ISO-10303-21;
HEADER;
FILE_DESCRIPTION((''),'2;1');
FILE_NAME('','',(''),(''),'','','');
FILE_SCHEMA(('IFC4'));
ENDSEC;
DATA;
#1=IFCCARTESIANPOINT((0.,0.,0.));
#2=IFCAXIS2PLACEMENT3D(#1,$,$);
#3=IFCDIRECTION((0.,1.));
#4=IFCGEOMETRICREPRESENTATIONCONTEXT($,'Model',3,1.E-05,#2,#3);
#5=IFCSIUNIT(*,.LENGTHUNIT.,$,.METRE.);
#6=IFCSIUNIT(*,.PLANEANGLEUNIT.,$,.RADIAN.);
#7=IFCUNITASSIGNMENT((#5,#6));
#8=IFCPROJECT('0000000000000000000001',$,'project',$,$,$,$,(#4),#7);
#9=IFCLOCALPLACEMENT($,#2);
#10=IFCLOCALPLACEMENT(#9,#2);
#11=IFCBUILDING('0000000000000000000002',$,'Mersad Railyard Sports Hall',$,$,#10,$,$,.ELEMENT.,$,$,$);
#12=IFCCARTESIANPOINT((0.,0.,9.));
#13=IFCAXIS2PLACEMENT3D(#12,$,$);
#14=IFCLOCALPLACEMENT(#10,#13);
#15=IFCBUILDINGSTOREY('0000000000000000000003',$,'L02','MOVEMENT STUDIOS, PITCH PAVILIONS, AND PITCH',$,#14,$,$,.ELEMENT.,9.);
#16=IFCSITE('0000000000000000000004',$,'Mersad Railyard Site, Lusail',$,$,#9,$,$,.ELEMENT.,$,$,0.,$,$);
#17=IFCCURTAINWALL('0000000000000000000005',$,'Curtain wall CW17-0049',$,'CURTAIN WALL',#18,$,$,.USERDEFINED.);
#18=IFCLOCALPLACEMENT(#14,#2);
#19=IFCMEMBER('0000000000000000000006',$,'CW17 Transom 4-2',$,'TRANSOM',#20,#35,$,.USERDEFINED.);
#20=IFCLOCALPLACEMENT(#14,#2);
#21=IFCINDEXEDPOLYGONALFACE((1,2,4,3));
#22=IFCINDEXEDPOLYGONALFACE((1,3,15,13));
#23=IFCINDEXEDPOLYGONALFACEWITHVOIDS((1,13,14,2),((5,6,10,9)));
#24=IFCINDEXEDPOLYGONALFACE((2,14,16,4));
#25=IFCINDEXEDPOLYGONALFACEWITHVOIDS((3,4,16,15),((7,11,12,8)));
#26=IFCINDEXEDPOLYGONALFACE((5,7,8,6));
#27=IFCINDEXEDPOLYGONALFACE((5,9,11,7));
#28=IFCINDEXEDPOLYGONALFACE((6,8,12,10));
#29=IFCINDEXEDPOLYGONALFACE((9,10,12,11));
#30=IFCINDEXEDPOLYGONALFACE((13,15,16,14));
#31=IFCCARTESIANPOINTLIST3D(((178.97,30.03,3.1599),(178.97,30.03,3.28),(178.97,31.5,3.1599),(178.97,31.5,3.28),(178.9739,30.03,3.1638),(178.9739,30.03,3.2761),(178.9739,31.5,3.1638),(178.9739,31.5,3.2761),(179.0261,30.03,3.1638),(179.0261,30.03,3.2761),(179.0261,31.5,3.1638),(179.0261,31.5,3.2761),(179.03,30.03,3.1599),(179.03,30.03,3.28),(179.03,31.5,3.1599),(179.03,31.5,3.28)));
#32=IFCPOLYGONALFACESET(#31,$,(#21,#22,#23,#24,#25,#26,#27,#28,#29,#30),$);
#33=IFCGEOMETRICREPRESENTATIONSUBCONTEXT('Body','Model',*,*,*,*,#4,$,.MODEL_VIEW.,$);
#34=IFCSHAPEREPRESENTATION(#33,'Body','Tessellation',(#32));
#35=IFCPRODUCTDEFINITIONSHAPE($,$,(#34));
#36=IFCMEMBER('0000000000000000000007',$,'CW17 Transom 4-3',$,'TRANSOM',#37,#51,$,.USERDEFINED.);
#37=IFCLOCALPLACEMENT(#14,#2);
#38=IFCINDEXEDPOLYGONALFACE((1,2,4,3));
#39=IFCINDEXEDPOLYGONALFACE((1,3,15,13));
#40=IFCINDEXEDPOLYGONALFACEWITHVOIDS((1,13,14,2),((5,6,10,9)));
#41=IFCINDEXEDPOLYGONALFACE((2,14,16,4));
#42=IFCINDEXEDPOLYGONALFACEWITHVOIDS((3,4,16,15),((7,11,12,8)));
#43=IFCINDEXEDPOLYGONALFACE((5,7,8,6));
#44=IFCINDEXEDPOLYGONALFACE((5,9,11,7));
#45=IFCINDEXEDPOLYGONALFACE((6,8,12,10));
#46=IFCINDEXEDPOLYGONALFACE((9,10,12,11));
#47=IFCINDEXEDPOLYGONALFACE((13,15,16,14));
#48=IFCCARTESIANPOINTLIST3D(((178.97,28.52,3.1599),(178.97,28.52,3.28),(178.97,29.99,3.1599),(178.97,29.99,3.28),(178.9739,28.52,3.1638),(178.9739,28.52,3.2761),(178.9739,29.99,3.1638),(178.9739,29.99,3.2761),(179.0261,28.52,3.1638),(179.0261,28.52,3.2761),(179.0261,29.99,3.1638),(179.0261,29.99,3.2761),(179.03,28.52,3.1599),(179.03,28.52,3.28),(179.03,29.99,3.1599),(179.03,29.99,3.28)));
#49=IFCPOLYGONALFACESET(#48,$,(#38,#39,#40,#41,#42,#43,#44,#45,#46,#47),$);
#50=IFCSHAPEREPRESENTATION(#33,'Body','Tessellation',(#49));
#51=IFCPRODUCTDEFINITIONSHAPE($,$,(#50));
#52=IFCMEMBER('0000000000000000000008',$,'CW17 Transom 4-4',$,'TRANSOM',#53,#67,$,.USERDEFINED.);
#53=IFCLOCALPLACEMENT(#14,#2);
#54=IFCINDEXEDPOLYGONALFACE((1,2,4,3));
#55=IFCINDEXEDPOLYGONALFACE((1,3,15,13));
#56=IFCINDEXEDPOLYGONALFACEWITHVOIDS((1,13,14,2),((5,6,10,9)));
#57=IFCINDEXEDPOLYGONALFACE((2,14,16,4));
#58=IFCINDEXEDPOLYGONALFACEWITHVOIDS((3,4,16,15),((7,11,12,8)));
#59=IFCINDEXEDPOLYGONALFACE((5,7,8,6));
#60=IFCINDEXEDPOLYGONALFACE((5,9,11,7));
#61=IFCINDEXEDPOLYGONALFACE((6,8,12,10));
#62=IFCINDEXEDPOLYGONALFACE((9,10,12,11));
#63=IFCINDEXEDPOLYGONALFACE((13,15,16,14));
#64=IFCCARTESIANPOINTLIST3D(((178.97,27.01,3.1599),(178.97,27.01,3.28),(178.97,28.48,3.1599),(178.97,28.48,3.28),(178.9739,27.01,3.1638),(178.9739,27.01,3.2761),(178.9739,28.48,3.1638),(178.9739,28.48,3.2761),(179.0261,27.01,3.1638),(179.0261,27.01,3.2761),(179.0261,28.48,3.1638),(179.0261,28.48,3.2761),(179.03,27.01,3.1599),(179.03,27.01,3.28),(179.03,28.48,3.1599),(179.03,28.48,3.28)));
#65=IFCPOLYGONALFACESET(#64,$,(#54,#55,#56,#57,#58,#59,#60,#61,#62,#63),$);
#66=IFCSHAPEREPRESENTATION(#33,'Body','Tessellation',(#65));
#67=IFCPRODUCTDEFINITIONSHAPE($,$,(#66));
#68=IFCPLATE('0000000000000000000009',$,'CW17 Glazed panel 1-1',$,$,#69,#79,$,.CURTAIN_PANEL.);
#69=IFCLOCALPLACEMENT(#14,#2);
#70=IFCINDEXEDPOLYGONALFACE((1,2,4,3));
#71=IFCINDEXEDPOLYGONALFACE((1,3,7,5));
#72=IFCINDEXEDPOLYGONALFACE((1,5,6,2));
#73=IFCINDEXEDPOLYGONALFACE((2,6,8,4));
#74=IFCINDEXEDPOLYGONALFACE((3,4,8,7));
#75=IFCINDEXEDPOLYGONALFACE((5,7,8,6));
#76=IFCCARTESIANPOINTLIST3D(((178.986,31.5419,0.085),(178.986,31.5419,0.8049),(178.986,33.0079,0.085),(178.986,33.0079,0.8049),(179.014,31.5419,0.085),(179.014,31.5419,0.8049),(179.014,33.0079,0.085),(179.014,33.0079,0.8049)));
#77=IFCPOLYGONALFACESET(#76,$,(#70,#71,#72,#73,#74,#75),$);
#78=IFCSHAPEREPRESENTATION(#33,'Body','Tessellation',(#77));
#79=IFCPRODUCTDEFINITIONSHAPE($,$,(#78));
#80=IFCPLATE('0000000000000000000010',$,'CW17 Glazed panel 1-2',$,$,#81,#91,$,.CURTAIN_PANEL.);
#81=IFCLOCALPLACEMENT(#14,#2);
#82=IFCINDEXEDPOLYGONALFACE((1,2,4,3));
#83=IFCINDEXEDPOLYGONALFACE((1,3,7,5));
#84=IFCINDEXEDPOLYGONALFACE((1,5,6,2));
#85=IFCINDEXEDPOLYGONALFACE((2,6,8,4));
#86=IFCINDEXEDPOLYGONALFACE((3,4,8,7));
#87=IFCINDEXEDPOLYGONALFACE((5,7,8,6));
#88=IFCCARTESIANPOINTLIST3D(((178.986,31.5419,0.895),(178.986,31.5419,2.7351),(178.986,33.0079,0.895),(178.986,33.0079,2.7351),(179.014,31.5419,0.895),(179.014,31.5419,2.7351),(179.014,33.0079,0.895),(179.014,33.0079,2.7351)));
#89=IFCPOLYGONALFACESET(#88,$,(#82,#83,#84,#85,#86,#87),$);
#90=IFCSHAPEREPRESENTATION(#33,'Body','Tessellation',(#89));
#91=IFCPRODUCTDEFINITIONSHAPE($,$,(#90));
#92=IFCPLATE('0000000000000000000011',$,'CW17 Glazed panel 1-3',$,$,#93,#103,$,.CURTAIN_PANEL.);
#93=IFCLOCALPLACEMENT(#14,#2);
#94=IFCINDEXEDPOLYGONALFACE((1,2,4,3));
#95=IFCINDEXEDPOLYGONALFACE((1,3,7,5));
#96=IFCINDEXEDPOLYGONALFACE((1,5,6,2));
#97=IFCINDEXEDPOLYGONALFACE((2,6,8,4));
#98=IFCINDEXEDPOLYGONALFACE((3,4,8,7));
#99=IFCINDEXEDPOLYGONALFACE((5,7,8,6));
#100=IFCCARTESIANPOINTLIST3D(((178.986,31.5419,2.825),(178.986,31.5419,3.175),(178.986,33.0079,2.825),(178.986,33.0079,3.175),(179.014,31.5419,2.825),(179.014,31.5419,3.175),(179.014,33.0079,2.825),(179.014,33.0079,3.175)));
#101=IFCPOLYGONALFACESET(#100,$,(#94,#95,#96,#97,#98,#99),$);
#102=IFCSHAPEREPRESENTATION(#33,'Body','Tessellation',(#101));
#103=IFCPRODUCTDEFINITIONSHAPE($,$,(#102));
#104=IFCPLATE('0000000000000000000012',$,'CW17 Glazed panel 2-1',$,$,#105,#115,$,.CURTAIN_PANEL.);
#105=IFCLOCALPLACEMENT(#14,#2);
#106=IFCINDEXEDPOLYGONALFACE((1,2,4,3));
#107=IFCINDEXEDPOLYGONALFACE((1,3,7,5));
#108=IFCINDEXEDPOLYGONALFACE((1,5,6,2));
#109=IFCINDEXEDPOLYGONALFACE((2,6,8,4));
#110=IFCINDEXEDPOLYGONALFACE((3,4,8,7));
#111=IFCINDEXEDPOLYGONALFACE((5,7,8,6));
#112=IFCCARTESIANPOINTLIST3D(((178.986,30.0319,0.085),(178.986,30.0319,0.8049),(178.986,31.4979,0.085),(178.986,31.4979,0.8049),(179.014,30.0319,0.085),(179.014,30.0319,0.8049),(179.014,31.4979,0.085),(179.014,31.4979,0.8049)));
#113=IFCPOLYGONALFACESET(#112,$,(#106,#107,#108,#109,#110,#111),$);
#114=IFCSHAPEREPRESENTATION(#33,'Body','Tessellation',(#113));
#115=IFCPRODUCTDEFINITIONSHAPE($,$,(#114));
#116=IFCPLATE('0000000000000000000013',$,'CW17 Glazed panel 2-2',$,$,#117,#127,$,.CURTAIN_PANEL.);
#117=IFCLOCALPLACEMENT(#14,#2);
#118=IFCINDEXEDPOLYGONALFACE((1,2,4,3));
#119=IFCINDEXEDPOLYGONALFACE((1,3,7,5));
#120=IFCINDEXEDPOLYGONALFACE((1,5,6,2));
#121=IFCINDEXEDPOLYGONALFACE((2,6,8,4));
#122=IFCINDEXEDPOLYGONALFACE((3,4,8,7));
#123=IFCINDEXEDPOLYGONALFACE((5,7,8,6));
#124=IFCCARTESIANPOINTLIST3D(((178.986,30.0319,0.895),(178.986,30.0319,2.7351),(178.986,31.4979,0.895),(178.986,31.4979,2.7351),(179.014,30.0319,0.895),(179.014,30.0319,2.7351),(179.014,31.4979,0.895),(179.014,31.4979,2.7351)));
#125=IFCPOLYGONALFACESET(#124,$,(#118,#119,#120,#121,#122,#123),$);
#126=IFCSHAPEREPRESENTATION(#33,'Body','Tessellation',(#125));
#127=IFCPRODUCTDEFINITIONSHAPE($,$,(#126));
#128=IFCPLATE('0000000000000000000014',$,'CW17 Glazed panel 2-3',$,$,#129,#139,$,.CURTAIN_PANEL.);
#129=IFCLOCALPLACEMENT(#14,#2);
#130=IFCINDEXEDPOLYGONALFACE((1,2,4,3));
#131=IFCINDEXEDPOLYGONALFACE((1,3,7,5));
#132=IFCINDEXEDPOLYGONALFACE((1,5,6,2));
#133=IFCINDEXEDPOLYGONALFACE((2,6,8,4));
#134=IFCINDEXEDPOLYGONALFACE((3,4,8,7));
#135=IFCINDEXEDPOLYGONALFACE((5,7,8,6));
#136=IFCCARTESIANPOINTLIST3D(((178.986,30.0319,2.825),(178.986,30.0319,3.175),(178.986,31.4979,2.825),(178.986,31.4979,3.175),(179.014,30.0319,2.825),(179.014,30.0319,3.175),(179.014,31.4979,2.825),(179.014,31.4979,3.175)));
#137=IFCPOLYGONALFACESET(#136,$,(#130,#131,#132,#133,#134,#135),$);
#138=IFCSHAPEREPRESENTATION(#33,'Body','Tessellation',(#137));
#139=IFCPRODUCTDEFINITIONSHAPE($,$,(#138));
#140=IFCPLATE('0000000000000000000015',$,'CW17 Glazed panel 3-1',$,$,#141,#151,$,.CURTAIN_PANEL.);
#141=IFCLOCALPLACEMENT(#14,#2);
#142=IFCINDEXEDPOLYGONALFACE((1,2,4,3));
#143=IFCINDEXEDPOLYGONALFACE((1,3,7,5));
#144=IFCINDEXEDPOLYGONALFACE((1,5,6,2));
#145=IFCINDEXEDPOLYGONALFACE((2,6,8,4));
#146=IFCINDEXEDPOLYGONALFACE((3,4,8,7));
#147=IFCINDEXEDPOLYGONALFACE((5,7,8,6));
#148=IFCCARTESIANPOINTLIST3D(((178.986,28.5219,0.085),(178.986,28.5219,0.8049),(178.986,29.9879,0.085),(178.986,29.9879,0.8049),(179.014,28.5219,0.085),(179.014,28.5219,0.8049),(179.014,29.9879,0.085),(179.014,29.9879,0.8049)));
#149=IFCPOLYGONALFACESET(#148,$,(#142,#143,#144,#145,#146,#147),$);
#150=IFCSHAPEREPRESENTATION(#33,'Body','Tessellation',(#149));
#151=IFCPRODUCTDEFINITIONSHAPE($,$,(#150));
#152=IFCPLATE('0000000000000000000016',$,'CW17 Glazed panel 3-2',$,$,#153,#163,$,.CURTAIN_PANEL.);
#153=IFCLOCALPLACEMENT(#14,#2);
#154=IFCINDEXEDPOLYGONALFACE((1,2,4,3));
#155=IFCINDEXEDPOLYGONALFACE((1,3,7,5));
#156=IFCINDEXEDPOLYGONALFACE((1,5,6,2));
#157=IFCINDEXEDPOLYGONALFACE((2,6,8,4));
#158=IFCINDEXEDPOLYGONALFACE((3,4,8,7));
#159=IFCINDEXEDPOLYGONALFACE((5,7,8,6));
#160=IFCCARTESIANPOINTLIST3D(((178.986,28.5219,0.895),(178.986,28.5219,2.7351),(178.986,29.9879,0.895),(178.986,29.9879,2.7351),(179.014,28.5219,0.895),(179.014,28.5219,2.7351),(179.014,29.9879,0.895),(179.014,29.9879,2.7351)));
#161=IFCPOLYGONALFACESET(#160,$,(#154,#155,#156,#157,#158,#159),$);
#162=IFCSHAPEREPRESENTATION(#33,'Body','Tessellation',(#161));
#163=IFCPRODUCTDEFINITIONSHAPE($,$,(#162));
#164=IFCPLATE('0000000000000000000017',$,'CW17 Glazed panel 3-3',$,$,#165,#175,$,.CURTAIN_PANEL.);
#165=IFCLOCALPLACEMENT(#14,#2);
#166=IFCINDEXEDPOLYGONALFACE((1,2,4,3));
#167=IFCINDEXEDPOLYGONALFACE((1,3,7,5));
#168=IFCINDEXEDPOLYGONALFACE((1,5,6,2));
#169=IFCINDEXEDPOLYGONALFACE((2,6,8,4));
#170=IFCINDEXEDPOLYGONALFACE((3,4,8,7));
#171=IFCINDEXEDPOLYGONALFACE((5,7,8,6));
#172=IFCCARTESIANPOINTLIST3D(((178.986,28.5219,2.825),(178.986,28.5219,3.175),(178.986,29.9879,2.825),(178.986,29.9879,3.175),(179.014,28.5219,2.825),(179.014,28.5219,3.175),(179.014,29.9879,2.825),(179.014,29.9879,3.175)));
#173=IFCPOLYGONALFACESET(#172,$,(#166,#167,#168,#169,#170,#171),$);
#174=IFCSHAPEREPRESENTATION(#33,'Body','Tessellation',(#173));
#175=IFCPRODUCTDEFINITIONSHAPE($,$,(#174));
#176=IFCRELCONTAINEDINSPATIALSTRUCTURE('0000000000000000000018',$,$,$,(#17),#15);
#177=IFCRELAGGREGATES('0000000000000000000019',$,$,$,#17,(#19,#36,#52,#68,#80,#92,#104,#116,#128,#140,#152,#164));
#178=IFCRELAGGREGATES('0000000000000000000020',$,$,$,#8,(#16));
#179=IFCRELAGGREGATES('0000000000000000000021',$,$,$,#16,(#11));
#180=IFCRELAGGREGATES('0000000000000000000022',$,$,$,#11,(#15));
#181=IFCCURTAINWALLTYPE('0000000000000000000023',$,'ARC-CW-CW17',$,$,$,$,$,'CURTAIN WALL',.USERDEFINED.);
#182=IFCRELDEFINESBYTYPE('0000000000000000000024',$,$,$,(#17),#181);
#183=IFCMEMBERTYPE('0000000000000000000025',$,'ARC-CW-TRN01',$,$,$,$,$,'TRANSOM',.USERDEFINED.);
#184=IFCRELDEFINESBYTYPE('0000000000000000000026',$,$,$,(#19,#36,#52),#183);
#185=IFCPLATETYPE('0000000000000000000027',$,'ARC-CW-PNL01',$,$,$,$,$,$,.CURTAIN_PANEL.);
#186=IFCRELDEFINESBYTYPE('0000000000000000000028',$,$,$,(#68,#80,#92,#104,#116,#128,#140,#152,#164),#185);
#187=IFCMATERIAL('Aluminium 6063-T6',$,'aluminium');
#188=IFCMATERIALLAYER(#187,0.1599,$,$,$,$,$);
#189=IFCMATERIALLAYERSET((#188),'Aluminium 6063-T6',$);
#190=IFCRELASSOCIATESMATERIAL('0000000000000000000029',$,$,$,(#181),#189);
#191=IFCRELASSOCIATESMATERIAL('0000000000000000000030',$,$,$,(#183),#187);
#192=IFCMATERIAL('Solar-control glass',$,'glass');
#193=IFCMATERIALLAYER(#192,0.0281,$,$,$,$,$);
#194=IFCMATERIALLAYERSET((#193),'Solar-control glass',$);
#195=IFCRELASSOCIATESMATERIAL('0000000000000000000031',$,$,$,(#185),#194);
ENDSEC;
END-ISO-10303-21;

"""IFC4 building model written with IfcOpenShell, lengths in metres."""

from ifc_helpers import new_model, si_unit, direction, frame, origin, origin_2d, place, context, subcontext, project, spatial, rectangle, hollow_rectangle, extrude, material, layer, layer_set, material_profile, profile_set, type_object, element, aggregate, save


model = new_model("IFC4")

# Units and contexts
model_context = context("Model", 3, precision=1e-05, world=origin(), true_north=direction((0.0, 1.0)))
body_context = subcontext(model_context, "Body", "Model", "MODEL_VIEW")
ifc_project = project(units=[si_unit("LENGTHUNIT", "METRE"), si_unit("PLANEANGLEUNIT", "RADIAN")], contexts=[model_context])

# Site, building, storey
site_placement = place(None, origin())
site = spatial("IfcSite", under=ifc_project, at=site_placement, Name="Mersad Railyard Site, Lusail", CompositionType="ELEMENT", RefElevation=0.0)
building_placement = place(site_placement, origin())
building = spatial("IfcBuilding", under=site, at=building_placement, Name="Mersad Railyard Sports Hall", CompositionType="ELEMENT")
storey_placement = place(building_placement, frame((0.0, 0.0, 9.0)))
storey = spatial("IfcBuildingStorey", under=building, at=storey_placement, Name="L02", Description="MOVEMENT STUDIOS, PITCH PAVILIONS, AND PITCH", CompositionType="ELEMENT", Elevation=9.0)

# Curtain wall, members, plates
ifc_material_1 = material(Name="Aluminium 6063-T6", Category="aluminium")
ifc_layer_1 = layer(ifc_material_1, 0.1599)
ifc_layer_set_1 = layer_set([ifc_layer_1], Name="Aluminium 6063-T6")
curtain_wall_type = type_object("IfcCurtainWallType", Name="ARC-CW-CW17", ElementType="CURTAIN WALL", PredefinedType="USERDEFINED", material=ifc_layer_set_1)
curtain_wall_placement = place(storey_placement, origin())
curtain_wall = element("IfcCurtainWall", 1, at=curtain_wall_placement, inside=storey, type_object=curtain_wall_type, Name="Curtain wall CW17-0049", ObjectType="CURTAIN WALL", PredefinedType="USERDEFINED")
ifc_material_profile_1 = material_profile(ifc_material_1, hollow_rectangle(XDim=0.0601, YDim=0.1201, WallThickness=0.0039, at=origin_2d()), Name="AL TRANSOM 60x120x4")
ifc_profile_set_1 = profile_set([ifc_material_profile_1], Name="Aluminium 6063-T6")
member_type_1 = type_object("IfcMemberType", Name="ARC-CW-TRN01", ElementType="TRANSOM", PredefinedType="USERDEFINED", material=ifc_profile_set_1)
member_1_placement = place(storey_placement, frame((179.0, 31.5, 3.22), z_axis=(0.0, -1.0, 0.0), x_axis=(1.0, 0.0, 0.0)))
member_1 = element("IfcMember", 2, at=member_1_placement, type_object=member_type_1, Name="CW17 Transom 4-2", ObjectType="TRANSOM", PredefinedType="USERDEFINED", context=body_context, shape_type="SweptSolid", body=[
    extrude(hollow_rectangle(XDim=0.0601, YDim=0.1201, WallThickness=0.0039, at=origin_2d()), origin(), (0.0, 0.0, 1.0), 1.47),
])
member_2_placement = place(storey_placement, frame((179.0, 29.99, 3.22), z_axis=(0.0, -1.0, 0.0), x_axis=(1.0, 0.0, 0.0)))
member_2 = element("IfcMember", 3, at=member_2_placement, type_object=member_type_1, Name="CW17 Transom 4-3", ObjectType="TRANSOM", PredefinedType="USERDEFINED", context=body_context, shape_type="SweptSolid", body=[
    extrude(hollow_rectangle(XDim=0.0601, YDim=0.1201, WallThickness=0.0039, at=origin_2d()), origin(), (0.0, 0.0, 1.0), 1.47),
])
member_3_placement = place(storey_placement, frame((179.0, 28.48, 3.22), z_axis=(0.0, -1.0, 0.0), x_axis=(1.0, 0.0, 0.0)))
member_3 = element("IfcMember", 4, at=member_3_placement, type_object=member_type_1, Name="CW17 Transom 4-4", ObjectType="TRANSOM", PredefinedType="USERDEFINED", context=body_context, shape_type="SweptSolid", body=[
    extrude(hollow_rectangle(XDim=0.0601, YDim=0.1201, WallThickness=0.0039, at=origin_2d()), origin(), (0.0, 0.0, 1.0), 1.47),
])
ifc_material_2 = material(Name="Solar-control glass", Category="glass")
ifc_layer_2 = layer(ifc_material_2, 0.0281)
ifc_layer_set_2 = layer_set([ifc_layer_2], Name="Solar-control glass")
plate_type = type_object("IfcPlateType", Name="ARC-CW-PNL01", PredefinedType="CURTAIN_PANEL", material=ifc_layer_set_2)
plate_1_placement = place(storey_placement, frame((179.0, 32.2749, 0.085), z_axis=(0.0, 0.0, 1.0), x_axis=(0.0, -1.0, 0.0)))
plate_1 = element("IfcPlate", 5, at=plate_1_placement, type_object=plate_type, Name="CW17 Glazed panel 1-1", PredefinedType="CURTAIN_PANEL", context=body_context, shape_type="SweptSolid", body=[
    extrude(rectangle(XDim=1.4661, YDim=0.0281, at=origin_2d()), origin(), (0.0, 0.0, 1.0), 0.72),
])
plate_2_placement = place(storey_placement, frame((179.0, 32.2749, 0.895), z_axis=(0.0, 0.0, 1.0), x_axis=(0.0, -1.0, 0.0)))
plate_2 = element("IfcPlate", 6, at=plate_2_placement, type_object=plate_type, Name="CW17 Glazed panel 1-2", PredefinedType="CURTAIN_PANEL", context=body_context, shape_type="SweptSolid", body=[
    extrude(rectangle(XDim=1.4661, YDim=0.0281, at=origin_2d()), origin(), (0.0, 0.0, 1.0), 1.8401),
])
plate_3_placement = place(storey_placement, frame((179.0, 32.2749, 2.825), z_axis=(0.0, 0.0, 1.0), x_axis=(0.0, -1.0, 0.0)))
plate_3 = element("IfcPlate", 7, at=plate_3_placement, type_object=plate_type, Name="CW17 Glazed panel 1-3", PredefinedType="CURTAIN_PANEL", context=body_context, shape_type="SweptSolid", body=[
    extrude(rectangle(XDim=1.4661, YDim=0.0281, at=origin_2d()), origin(), (0.0, 0.0, 1.0), 0.3501),
])
plate_4_placement = place(storey_placement, frame((179.0, 30.7649, 0.085), z_axis=(0.0, 0.0, 1.0), x_axis=(0.0, -1.0, 0.0)))
plate_4 = element("IfcPlate", 8, at=plate_4_placement, type_object=plate_type, Name="CW17 Glazed panel 2-1", PredefinedType="CURTAIN_PANEL", context=body_context, shape_type="SweptSolid", body=[
    extrude(rectangle(XDim=1.4661, YDim=0.0281, at=origin_2d()), origin(), (0.0, 0.0, 1.0), 0.72),
])
plate_5_placement = place(storey_placement, frame((179.0, 30.7649, 0.895), z_axis=(0.0, 0.0, 1.0), x_axis=(0.0, -1.0, 0.0)))
plate_5 = element("IfcPlate", 9, at=plate_5_placement, type_object=plate_type, Name="CW17 Glazed panel 2-2", PredefinedType="CURTAIN_PANEL", context=body_context, shape_type="SweptSolid", body=[
    extrude(rectangle(XDim=1.4661, YDim=0.0281, at=origin_2d()), origin(), (0.0, 0.0, 1.0), 1.8401),
])
plate_6_placement = place(storey_placement, frame((179.0, 30.7649, 2.825), z_axis=(0.0, 0.0, 1.0), x_axis=(0.0, -1.0, 0.0)))
plate_6 = element("IfcPlate", 10, at=plate_6_placement, type_object=plate_type, Name="CW17 Glazed panel 2-3", PredefinedType="CURTAIN_PANEL", context=body_context, shape_type="SweptSolid", body=[
    extrude(rectangle(XDim=1.4661, YDim=0.0281, at=origin_2d()), origin(), (0.0, 0.0, 1.0), 0.3501),
])
plate_7_placement = place(storey_placement, frame((179.0, 29.2549, 0.085), z_axis=(0.0, 0.0, 1.0), x_axis=(0.0, -1.0, 0.0)))
plate_7 = element("IfcPlate", 11, at=plate_7_placement, type_object=plate_type, Name="CW17 Glazed panel 3-1", PredefinedType="CURTAIN_PANEL", context=body_context, shape_type="SweptSolid", body=[
    extrude(rectangle(XDim=1.4661, YDim=0.0281, at=origin_2d()), origin(), (0.0, 0.0, 1.0), 0.72),
])
plate_8_placement = place(storey_placement, frame((179.0, 29.2549, 0.895), z_axis=(0.0, 0.0, 1.0), x_axis=(0.0, -1.0, 0.0)))
plate_8 = element("IfcPlate", 12, at=plate_8_placement, type_object=plate_type, Name="CW17 Glazed panel 3-2", PredefinedType="CURTAIN_PANEL", context=body_context, shape_type="SweptSolid", body=[
    extrude(rectangle(XDim=1.4661, YDim=0.0281, at=origin_2d()), origin(), (0.0, 0.0, 1.0), 1.8401),
])
plate_9_placement = place(storey_placement, frame((179.0, 29.2549, 2.825), z_axis=(0.0, 0.0, 1.0), x_axis=(0.0, -1.0, 0.0)))
plate_9 = element("IfcPlate", 13, at=plate_9_placement, type_object=plate_type, Name="CW17 Glazed panel 3-3", PredefinedType="CURTAIN_PANEL", context=body_context, shape_type="SweptSolid", body=[
    extrude(rectangle(XDim=1.4661, YDim=0.0281, at=origin_2d()), origin(), (0.0, 0.0, 1.0), 0.3501),
])
aggregate(curtain_wall, [member_1, member_2, member_3, plate_1, plate_2, plate_3, plate_4, plate_5, plate_6, plate_7, plate_8, plate_9])

save(model, "model.ifc")
